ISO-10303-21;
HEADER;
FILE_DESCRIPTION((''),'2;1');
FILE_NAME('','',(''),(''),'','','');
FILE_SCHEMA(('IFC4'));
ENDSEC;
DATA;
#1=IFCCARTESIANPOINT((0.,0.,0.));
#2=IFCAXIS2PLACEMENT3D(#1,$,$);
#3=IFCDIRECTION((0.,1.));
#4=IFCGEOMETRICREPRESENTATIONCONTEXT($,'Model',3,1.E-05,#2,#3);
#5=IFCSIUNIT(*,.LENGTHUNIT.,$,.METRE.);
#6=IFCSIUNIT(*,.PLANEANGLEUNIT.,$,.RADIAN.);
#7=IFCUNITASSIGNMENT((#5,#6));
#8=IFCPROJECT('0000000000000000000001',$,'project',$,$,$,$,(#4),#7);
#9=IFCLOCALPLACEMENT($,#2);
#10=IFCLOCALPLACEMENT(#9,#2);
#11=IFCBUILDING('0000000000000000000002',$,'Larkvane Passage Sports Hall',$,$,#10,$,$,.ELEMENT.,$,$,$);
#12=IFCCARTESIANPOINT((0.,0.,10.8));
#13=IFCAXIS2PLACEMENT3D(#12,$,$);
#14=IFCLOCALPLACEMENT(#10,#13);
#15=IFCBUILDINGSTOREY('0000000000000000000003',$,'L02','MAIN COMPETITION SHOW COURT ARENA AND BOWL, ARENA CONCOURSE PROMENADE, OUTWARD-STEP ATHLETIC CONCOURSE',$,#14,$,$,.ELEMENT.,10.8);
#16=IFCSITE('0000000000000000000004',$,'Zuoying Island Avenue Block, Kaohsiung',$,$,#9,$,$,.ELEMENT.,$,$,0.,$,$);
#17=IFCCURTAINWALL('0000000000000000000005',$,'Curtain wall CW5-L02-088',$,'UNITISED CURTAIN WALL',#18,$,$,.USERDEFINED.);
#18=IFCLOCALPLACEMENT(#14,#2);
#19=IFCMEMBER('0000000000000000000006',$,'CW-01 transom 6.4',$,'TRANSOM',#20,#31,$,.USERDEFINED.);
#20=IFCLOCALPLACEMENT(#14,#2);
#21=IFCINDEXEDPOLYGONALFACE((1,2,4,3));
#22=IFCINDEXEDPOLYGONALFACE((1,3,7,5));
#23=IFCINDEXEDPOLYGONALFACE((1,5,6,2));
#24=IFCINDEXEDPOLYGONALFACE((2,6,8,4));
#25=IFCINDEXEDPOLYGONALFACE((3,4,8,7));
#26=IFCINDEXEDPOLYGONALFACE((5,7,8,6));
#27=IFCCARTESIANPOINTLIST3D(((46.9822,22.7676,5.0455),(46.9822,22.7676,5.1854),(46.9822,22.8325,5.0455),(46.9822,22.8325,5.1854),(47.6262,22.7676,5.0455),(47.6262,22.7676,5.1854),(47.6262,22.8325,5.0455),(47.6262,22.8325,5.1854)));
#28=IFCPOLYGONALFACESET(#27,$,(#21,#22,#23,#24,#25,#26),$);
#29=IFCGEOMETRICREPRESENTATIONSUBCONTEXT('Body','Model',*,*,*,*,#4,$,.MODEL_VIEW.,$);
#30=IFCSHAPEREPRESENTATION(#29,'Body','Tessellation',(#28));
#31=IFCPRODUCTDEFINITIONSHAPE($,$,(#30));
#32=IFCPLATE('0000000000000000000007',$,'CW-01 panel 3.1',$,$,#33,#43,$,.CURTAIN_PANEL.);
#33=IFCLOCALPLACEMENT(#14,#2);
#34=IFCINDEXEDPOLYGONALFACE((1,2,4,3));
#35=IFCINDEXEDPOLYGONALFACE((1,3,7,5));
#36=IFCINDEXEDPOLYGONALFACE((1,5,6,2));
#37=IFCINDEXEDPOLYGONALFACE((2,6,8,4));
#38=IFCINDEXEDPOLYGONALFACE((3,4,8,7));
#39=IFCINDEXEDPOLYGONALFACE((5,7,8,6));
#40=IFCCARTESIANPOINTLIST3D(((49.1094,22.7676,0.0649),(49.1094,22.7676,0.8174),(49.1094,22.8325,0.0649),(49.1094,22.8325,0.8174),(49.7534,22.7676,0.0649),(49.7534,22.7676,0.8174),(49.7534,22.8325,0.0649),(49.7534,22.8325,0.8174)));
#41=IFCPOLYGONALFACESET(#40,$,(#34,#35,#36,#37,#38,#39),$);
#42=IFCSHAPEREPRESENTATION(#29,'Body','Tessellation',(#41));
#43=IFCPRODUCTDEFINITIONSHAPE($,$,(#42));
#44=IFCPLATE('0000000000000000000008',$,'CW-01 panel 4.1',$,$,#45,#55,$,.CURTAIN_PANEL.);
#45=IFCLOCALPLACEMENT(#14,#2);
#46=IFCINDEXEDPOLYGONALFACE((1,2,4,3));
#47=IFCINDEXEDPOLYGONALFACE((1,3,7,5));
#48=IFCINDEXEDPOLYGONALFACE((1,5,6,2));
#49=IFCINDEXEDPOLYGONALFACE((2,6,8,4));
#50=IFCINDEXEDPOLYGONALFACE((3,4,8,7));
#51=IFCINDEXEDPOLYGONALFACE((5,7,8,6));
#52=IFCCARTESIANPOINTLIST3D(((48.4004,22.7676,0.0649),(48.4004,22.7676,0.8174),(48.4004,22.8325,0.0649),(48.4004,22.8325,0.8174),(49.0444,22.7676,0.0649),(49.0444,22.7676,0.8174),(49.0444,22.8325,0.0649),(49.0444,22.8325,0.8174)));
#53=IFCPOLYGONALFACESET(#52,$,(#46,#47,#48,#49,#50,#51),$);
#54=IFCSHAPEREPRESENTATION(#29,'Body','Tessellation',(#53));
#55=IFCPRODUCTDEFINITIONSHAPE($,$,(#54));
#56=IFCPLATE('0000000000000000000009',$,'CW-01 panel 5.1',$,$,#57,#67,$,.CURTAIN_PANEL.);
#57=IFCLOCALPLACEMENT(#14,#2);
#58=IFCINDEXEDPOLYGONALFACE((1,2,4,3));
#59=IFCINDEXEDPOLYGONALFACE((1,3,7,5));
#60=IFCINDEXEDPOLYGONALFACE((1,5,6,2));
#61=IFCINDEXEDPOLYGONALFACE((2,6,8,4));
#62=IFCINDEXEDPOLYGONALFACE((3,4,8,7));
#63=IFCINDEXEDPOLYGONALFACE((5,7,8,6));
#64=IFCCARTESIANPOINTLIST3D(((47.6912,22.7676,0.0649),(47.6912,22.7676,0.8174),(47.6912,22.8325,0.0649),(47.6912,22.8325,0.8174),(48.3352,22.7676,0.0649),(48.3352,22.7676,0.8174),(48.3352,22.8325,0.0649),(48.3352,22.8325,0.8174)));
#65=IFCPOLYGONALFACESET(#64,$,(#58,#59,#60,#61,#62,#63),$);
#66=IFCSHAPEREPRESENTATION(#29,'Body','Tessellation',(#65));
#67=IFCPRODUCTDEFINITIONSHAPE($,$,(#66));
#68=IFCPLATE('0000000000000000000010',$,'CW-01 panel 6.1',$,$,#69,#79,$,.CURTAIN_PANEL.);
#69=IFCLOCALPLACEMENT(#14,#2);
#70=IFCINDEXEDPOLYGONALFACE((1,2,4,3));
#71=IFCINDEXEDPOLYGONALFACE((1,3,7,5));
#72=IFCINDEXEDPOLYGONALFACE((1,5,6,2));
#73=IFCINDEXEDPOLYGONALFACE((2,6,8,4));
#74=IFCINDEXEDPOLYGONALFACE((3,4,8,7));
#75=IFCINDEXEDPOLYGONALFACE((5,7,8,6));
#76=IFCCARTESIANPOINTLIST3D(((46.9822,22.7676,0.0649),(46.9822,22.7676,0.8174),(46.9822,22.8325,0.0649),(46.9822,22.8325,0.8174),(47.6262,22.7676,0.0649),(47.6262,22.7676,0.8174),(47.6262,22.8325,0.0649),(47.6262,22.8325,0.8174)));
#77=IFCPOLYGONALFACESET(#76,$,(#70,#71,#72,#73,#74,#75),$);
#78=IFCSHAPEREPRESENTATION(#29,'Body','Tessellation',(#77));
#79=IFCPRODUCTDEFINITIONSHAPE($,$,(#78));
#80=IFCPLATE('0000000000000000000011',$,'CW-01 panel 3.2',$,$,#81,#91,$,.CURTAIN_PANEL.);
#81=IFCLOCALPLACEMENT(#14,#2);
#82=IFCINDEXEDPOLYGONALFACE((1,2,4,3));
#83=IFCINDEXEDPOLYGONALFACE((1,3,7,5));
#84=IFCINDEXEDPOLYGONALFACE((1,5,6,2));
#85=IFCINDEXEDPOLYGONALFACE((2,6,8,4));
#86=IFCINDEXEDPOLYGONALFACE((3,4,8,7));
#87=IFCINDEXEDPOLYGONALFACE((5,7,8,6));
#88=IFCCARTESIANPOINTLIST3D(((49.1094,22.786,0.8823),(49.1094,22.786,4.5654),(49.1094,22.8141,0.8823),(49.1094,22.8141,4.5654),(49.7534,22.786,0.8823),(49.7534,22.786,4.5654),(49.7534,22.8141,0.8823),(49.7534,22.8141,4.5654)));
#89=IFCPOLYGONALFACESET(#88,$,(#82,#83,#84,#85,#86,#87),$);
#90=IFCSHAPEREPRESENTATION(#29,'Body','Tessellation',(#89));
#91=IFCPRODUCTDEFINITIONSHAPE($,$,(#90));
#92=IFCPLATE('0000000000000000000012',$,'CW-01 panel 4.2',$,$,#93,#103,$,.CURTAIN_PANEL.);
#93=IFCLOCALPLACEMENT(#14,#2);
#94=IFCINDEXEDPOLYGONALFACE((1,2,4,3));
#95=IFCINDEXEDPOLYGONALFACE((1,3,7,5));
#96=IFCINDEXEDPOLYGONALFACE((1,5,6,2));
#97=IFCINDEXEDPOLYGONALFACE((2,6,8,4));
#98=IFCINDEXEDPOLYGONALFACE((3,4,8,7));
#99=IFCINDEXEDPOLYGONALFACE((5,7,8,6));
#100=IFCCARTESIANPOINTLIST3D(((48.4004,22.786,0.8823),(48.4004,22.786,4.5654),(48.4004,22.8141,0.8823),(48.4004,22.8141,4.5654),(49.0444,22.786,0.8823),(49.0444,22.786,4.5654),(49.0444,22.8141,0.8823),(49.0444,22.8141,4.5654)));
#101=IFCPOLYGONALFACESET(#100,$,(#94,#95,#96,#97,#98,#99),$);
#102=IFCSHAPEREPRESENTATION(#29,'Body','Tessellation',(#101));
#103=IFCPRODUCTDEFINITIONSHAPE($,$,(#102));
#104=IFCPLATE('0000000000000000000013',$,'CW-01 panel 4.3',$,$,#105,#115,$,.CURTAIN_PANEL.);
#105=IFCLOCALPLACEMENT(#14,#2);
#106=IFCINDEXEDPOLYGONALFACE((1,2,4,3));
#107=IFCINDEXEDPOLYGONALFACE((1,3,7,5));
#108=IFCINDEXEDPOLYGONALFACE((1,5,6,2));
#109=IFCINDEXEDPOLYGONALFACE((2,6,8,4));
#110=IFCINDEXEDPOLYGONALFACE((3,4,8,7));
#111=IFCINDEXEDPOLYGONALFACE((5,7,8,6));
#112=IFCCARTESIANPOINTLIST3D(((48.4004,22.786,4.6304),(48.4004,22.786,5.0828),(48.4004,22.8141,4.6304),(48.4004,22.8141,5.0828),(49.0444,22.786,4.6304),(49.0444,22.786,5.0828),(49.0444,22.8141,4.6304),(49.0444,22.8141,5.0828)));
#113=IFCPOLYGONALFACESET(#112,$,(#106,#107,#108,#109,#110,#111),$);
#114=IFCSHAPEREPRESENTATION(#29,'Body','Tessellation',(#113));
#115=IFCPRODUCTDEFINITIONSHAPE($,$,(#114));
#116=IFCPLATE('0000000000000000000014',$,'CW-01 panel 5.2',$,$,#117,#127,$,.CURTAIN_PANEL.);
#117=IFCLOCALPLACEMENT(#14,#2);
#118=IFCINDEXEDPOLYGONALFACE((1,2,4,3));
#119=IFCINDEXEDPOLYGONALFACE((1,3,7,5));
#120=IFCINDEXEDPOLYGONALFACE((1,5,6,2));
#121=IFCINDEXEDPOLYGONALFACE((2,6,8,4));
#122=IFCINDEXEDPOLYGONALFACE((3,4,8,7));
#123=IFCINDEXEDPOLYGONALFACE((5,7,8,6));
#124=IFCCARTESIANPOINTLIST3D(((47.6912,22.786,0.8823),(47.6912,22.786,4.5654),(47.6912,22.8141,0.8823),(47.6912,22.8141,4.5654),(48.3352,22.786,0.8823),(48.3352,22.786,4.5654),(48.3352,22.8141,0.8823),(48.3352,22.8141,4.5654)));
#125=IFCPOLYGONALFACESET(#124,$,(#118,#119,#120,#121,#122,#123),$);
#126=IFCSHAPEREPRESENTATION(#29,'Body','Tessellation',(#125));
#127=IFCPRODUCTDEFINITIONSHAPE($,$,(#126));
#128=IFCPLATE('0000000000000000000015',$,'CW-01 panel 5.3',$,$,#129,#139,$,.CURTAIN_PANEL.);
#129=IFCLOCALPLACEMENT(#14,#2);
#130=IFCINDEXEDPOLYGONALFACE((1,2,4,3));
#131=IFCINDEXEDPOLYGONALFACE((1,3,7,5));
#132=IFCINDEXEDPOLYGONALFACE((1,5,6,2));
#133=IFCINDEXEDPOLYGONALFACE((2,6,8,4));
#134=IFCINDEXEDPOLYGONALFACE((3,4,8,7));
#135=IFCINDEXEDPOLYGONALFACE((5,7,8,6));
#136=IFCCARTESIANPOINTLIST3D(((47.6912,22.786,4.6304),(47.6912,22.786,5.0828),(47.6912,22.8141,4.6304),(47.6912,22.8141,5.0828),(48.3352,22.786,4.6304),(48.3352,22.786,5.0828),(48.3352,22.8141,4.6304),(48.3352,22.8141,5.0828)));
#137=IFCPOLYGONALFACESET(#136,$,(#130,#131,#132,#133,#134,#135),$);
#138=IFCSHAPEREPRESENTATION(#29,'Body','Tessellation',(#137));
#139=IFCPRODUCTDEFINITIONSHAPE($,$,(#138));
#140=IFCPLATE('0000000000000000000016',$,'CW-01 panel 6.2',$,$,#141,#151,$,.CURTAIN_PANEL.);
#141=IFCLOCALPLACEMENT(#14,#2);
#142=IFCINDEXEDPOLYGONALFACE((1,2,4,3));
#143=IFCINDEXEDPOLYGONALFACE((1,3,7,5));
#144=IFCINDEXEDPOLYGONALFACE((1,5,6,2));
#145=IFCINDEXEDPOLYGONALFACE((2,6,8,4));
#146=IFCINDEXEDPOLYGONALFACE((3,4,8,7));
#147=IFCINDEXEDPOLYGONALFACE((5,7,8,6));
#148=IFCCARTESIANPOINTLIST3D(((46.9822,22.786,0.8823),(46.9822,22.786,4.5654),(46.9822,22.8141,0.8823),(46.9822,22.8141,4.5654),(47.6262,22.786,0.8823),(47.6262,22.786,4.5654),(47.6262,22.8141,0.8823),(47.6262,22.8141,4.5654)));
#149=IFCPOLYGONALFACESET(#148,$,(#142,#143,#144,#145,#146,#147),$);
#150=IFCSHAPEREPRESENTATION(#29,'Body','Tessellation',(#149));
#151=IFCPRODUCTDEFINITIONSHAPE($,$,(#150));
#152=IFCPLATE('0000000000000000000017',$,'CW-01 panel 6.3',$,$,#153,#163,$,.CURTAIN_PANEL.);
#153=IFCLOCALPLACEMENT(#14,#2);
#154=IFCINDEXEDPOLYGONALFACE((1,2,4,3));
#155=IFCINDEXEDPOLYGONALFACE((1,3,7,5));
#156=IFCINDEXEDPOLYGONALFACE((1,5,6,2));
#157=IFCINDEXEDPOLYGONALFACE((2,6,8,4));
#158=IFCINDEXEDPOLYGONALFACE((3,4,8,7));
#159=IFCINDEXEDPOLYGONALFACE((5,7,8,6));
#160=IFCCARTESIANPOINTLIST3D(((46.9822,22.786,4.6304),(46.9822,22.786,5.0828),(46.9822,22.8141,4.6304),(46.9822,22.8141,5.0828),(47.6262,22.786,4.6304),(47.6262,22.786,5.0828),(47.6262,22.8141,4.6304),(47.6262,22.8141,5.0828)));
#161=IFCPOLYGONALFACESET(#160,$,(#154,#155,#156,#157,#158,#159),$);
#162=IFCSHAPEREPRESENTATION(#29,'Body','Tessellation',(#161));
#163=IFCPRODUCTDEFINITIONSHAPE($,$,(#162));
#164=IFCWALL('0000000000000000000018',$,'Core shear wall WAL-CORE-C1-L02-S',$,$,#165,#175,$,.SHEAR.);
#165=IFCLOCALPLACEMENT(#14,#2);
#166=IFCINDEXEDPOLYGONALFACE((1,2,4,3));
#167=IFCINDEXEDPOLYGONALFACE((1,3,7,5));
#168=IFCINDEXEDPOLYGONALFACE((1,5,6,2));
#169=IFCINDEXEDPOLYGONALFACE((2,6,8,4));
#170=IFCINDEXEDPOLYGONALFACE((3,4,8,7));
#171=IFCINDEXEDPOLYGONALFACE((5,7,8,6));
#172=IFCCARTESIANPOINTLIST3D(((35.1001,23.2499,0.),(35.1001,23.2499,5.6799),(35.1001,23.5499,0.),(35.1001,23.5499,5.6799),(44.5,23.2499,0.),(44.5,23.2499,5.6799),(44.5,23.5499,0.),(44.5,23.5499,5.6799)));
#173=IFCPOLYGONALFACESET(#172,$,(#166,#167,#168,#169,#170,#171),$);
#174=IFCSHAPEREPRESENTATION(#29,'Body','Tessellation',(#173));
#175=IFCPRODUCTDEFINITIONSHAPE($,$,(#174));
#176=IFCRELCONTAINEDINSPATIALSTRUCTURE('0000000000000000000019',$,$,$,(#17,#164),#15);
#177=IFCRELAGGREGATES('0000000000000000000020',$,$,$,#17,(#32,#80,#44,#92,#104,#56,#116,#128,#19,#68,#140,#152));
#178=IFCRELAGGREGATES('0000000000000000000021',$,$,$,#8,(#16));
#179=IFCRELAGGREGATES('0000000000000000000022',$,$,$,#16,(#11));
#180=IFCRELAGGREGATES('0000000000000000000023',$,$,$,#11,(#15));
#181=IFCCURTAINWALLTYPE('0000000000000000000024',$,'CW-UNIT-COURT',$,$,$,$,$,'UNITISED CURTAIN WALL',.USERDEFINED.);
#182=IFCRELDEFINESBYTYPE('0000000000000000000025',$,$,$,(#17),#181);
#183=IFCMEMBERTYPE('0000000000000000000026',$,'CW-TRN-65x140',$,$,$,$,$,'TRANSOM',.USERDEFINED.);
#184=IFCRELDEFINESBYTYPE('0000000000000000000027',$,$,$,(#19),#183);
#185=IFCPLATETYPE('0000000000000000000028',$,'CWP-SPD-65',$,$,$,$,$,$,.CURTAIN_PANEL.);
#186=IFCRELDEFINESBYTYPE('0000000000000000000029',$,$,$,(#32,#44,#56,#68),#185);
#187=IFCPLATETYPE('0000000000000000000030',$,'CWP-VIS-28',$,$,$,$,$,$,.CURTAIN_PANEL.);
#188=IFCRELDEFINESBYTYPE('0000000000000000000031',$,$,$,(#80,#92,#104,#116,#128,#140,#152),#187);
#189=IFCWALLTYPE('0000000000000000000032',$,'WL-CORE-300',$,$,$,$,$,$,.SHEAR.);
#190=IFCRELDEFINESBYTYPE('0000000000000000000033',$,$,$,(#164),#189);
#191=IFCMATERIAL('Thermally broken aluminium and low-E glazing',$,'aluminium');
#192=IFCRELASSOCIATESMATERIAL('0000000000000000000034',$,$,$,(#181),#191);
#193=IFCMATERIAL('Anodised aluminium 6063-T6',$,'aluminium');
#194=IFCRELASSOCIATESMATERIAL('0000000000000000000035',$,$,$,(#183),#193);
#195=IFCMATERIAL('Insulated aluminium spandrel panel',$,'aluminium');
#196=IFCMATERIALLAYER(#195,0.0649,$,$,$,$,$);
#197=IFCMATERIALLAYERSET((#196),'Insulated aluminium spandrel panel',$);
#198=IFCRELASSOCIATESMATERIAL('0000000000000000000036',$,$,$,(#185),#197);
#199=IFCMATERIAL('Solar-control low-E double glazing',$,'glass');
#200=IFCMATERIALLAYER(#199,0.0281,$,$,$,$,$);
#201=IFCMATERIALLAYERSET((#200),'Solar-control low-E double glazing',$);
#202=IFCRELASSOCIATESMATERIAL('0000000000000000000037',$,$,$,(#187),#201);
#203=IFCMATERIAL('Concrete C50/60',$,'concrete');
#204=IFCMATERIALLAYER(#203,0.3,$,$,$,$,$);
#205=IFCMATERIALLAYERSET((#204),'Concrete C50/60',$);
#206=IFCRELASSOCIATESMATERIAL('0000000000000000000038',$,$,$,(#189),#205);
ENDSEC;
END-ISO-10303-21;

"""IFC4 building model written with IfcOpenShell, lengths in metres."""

from ifc_helpers import new_model, si_unit, direction, frame, frame_2d, origin, origin_2d, place, context, subcontext, project, spatial, rectangle, extrude, material, layer, layer_set, material_profile, profile_set, type_object, element, aggregate, save


model = new_model("IFC4")

# Units and contexts
model_context = context("Model", 3, precision=1e-05, world=origin(), true_north=direction((0.0, 1.0)))
body_context = subcontext(model_context, "Body", "Model", "MODEL_VIEW")
ifc_project = project(units=[si_unit("LENGTHUNIT", "METRE"), si_unit("PLANEANGLEUNIT", "RADIAN")], contexts=[model_context])

# Site, building, storey
site_placement = place(None, origin())
site = spatial("IfcSite", under=ifc_project, at=site_placement, Name="Zuoying Island Avenue Block, Kaohsiung", CompositionType="ELEMENT", RefElevation=0.0)
building_placement = place(site_placement, origin())
building = spatial("IfcBuilding", under=site, at=building_placement, Name="Larkvane Passage Sports Hall", CompositionType="ELEMENT")
storey_placement = place(building_placement, frame((0.0, 0.0, 10.8)))
storey = spatial("IfcBuildingStorey", under=building, at=storey_placement, Name="L02", Description="MAIN COMPETITION SHOW COURT ARENA AND BOWL, ARENA CONCOURSE PROMENADE, OUTWARD-STEP ATHLETIC CONCOURSE", CompositionType="ELEMENT", Elevation=10.8)

# Curtain wall, member, plates
ifc_material_1 = material(Name="Thermally broken aluminium and low-E glazing", Category="aluminium")
curtain_wall_type = type_object("IfcCurtainWallType", Name="CW-UNIT-COURT", ElementType="UNITISED CURTAIN WALL", PredefinedType="USERDEFINED", material=ifc_material_1)
curtain_wall_placement = place(storey_placement, origin())
curtain_wall = element("IfcCurtainWall", 1, at=curtain_wall_placement, inside=storey, type_object=curtain_wall_type, Name="Curtain wall CW5-L02-088", ObjectType="UNITISED CURTAIN WALL", PredefinedType="USERDEFINED")
ifc_material_2 = material(Name="Anodised aluminium 6063-T6", Category="aluminium")
ifc_material_profile_1 = material_profile(ifc_material_2, rectangle(XDim=0.0649, YDim=0.1399, at=origin_2d()), Name="ALU-TRN-65x140")
ifc_profile_set_1 = profile_set([ifc_material_profile_1], Name="Anodised aluminium 6063-T6")
member_type_1 = type_object("IfcMemberType", Name="CW-TRN-65x140", ElementType="TRANSOM", PredefinedType="USERDEFINED", material=ifc_profile_set_1)
member_1_placement = place(storey_placement, frame((47.6262, 22.8, 5.1155), z_axis=(-1.0, 0.0, 0.0), x_axis=(0.0, -1.0, 0.0)))
member_1 = element("IfcMember", 2, at=member_1_placement, type_object=member_type_1, Name="CW-01 transom 6.4", ObjectType="TRANSOM", PredefinedType="USERDEFINED", context=body_context, shape_type="SweptSolid", body=[
    extrude(rectangle(XDim=0.0649, YDim=0.1399, at=origin_2d()), origin(), (0.0, 0.0, 1.0), 0.644),
])
ifc_material_3 = material(Name="Insulated aluminium spandrel panel", Category="aluminium")
ifc_layer_1 = layer(ifc_material_3, 0.0649)
ifc_layer_set_1 = layer_set([ifc_layer_1], Name="Insulated aluminium spandrel panel")
plate_type_1 = type_object("IfcPlateType", Name="CWP-SPD-65", PredefinedType="CURTAIN_PANEL", material=ifc_layer_set_1)
plate_1_placement = place(storey_placement, frame((49.4314, 22.8, 0.0649), z_axis=(0.0, 0.0, 1.0), x_axis=(-1.0, 0.0, 0.0)))
plate_1 = element("IfcPlate", 3, at=plate_1_placement, type_object=plate_type_1, Name="CW-01 panel 3.1", PredefinedType="CURTAIN_PANEL", context=body_context, shape_type="SweptSolid", body=[
    extrude(rectangle(XDim=0.644, YDim=0.0649, at=origin_2d()), origin(), (0.0, 0.0, 1.0), 0.7524),
])
plate_2_placement = place(storey_placement, frame((48.7224, 22.8, 0.0649), z_axis=(0.0, 0.0, 1.0), x_axis=(-1.0, 0.0, 0.0)))
plate_2 = element("IfcPlate", 4, at=plate_2_placement, type_object=plate_type_1, Name="CW-01 panel 4.1", PredefinedType="CURTAIN_PANEL", context=body_context, shape_type="SweptSolid", body=[
    extrude(rectangle(XDim=0.644, YDim=0.0649, at=origin_2d()), origin(), (0.0, 0.0, 1.0), 0.7524),
])
plate_3_placement = place(storey_placement, frame((48.0132, 22.8, 0.0649), z_axis=(0.0, 0.0, 1.0), x_axis=(-1.0, 0.0, 0.0)))
plate_3 = element("IfcPlate", 5, at=plate_3_placement, type_object=plate_type_1, Name="CW-01 panel 5.1", PredefinedType="CURTAIN_PANEL", context=body_context, shape_type="SweptSolid", body=[
    extrude(rectangle(XDim=0.644, YDim=0.0649, at=origin_2d()), origin(), (0.0, 0.0, 1.0), 0.7524),
])
plate_4_placement = place(storey_placement, frame((47.3042, 22.8, 0.0649), z_axis=(0.0, 0.0, 1.0), x_axis=(-1.0, 0.0, 0.0)))
plate_4 = element("IfcPlate", 6, at=plate_4_placement, type_object=plate_type_1, Name="CW-01 panel 6.1", PredefinedType="CURTAIN_PANEL", context=body_context, shape_type="SweptSolid", body=[
    extrude(rectangle(XDim=0.644, YDim=0.0649, at=origin_2d()), origin(), (0.0, 0.0, 1.0), 0.7524),
])
ifc_material_4 = material(Name="Solar-control low-E double glazing", Category="glass")
ifc_layer_2 = layer(ifc_material_4, 0.0281)
ifc_layer_set_2 = layer_set([ifc_layer_2], Name="Solar-control low-E double glazing")
plate_type_2 = type_object("IfcPlateType", Name="CWP-VIS-28", PredefinedType="CURTAIN_PANEL", material=ifc_layer_set_2)
plate_5_placement = place(storey_placement, frame((49.4314, 22.8, 0.8823), z_axis=(0.0, 0.0, 1.0), x_axis=(-1.0, 0.0, 0.0)))
plate_5 = element("IfcPlate", 7, at=plate_5_placement, type_object=plate_type_2, Name="CW-01 panel 3.2", PredefinedType="CURTAIN_PANEL", context=body_context, shape_type="SweptSolid", body=[
    extrude(rectangle(XDim=0.644, YDim=0.0281, at=origin_2d()), origin(), (0.0, 0.0, 1.0), 3.6831),
])
plate_6_placement = place(storey_placement, frame((48.7224, 22.8, 0.8823), z_axis=(0.0, 0.0, 1.0), x_axis=(-1.0, 0.0, 0.0)))
plate_6 = element("IfcPlate", 8, at=plate_6_placement, type_object=plate_type_2, Name="CW-01 panel 4.2", PredefinedType="CURTAIN_PANEL", context=body_context, shape_type="SweptSolid", body=[
    extrude(rectangle(XDim=0.644, YDim=0.0281, at=origin_2d()), origin(), (0.0, 0.0, 1.0), 3.6831),
])
plate_7_placement = place(storey_placement, frame((48.7224, 22.8, 4.6304), z_axis=(0.0, 0.0, 1.0), x_axis=(-1.0, 0.0, 0.0)))
plate_7 = element("IfcPlate", 9, at=plate_7_placement, type_object=plate_type_2, Name="CW-01 panel 4.3", PredefinedType="CURTAIN_PANEL", context=body_context, shape_type="SweptSolid", body=[
    extrude(rectangle(XDim=0.644, YDim=0.0281, at=origin_2d()), origin(), (0.0, 0.0, 1.0), 0.4524),
])
plate_8_placement = place(storey_placement, frame((48.0132, 22.8, 0.8823), z_axis=(0.0, 0.0, 1.0), x_axis=(-1.0, 0.0, 0.0)))
plate_8 = element("IfcPlate", 10, at=plate_8_placement, type_object=plate_type_2, Name="CW-01 panel 5.2", PredefinedType="CURTAIN_PANEL", context=body_context, shape_type="SweptSolid", body=[
    extrude(rectangle(XDim=0.644, YDim=0.0281, at=origin_2d()), origin(), (0.0, 0.0, 1.0), 3.6831),
])
plate_9_placement = place(storey_placement, frame((48.0132, 22.8, 4.6304), z_axis=(0.0, 0.0, 1.0), x_axis=(-1.0, 0.0, 0.0)))
plate_9 = element("IfcPlate", 11, at=plate_9_placement, type_object=plate_type_2, Name="CW-01 panel 5.3", PredefinedType="CURTAIN_PANEL", context=body_context, shape_type="SweptSolid", body=[
    extrude(rectangle(XDim=0.644, YDim=0.0281, at=origin_2d()), origin(), (0.0, 0.0, 1.0), 0.4524),
])
plate_10_placement = place(storey_placement, frame((47.3042, 22.8, 0.8823), z_axis=(0.0, 0.0, 1.0), x_axis=(-1.0, 0.0, 0.0)))
plate_10 = element("IfcPlate", 12, at=plate_10_placement, type_object=plate_type_2, Name="CW-01 panel 6.2", PredefinedType="CURTAIN_PANEL", context=body_context, shape_type="SweptSolid", body=[
    extrude(rectangle(XDim=0.644, YDim=0.0281, at=origin_2d()), origin(), (0.0, 0.0, 1.0), 3.6831),
])
plate_11_placement = place(storey_placement, frame((47.3042, 22.8, 4.6304), z_axis=(0.0, 0.0, 1.0), x_axis=(-1.0, 0.0, 0.0)))
plate_11 = element("IfcPlate", 13, at=plate_11_placement, type_object=plate_type_2, Name="CW-01 panel 6.3", PredefinedType="CURTAIN_PANEL", context=body_context, shape_type="SweptSolid", body=[
    extrude(rectangle(XDim=0.644, YDim=0.0281, at=origin_2d()), origin(), (0.0, 0.0, 1.0), 0.4524),
])
aggregate(curtain_wall, [plate_1, plate_5, plate_2, plate_6, plate_7, plate_3, plate_8, plate_9, member_1, plate_4, plate_10, plate_11])

# Wall
ifc_material_5 = material(Name="Concrete C50/60", Category="concrete")
ifc_layer_3 = layer(ifc_material_5, 0.3)
ifc_layer_set_3 = layer_set([ifc_layer_3], Name="Concrete C50/60")
wall_type = type_object("IfcWallType", Name="WL-CORE-300", PredefinedType="SHEAR", material=ifc_layer_set_3)
wall_placement = place(storey_placement, frame((44.5, 23.3999, 0.0), z_axis=(0.0, 0.0, 1.0), x_axis=(-1.0, 0.0, 0.0)))
element("IfcWall", 14, at=wall_placement, inside=storey, type_object=wall_type, Name="Core shear wall WAL-CORE-C1-L02-S", PredefinedType="SHEAR", context=body_context, shape_type="SweptSolid", body=[
    extrude(rectangle(XDim=9.3999, YDim=0.3, at=frame_2d((4.7, 0.0))), origin(), (0.0, 0.0, 1.0), 5.6799),
])

save(model, "model.ifc")
